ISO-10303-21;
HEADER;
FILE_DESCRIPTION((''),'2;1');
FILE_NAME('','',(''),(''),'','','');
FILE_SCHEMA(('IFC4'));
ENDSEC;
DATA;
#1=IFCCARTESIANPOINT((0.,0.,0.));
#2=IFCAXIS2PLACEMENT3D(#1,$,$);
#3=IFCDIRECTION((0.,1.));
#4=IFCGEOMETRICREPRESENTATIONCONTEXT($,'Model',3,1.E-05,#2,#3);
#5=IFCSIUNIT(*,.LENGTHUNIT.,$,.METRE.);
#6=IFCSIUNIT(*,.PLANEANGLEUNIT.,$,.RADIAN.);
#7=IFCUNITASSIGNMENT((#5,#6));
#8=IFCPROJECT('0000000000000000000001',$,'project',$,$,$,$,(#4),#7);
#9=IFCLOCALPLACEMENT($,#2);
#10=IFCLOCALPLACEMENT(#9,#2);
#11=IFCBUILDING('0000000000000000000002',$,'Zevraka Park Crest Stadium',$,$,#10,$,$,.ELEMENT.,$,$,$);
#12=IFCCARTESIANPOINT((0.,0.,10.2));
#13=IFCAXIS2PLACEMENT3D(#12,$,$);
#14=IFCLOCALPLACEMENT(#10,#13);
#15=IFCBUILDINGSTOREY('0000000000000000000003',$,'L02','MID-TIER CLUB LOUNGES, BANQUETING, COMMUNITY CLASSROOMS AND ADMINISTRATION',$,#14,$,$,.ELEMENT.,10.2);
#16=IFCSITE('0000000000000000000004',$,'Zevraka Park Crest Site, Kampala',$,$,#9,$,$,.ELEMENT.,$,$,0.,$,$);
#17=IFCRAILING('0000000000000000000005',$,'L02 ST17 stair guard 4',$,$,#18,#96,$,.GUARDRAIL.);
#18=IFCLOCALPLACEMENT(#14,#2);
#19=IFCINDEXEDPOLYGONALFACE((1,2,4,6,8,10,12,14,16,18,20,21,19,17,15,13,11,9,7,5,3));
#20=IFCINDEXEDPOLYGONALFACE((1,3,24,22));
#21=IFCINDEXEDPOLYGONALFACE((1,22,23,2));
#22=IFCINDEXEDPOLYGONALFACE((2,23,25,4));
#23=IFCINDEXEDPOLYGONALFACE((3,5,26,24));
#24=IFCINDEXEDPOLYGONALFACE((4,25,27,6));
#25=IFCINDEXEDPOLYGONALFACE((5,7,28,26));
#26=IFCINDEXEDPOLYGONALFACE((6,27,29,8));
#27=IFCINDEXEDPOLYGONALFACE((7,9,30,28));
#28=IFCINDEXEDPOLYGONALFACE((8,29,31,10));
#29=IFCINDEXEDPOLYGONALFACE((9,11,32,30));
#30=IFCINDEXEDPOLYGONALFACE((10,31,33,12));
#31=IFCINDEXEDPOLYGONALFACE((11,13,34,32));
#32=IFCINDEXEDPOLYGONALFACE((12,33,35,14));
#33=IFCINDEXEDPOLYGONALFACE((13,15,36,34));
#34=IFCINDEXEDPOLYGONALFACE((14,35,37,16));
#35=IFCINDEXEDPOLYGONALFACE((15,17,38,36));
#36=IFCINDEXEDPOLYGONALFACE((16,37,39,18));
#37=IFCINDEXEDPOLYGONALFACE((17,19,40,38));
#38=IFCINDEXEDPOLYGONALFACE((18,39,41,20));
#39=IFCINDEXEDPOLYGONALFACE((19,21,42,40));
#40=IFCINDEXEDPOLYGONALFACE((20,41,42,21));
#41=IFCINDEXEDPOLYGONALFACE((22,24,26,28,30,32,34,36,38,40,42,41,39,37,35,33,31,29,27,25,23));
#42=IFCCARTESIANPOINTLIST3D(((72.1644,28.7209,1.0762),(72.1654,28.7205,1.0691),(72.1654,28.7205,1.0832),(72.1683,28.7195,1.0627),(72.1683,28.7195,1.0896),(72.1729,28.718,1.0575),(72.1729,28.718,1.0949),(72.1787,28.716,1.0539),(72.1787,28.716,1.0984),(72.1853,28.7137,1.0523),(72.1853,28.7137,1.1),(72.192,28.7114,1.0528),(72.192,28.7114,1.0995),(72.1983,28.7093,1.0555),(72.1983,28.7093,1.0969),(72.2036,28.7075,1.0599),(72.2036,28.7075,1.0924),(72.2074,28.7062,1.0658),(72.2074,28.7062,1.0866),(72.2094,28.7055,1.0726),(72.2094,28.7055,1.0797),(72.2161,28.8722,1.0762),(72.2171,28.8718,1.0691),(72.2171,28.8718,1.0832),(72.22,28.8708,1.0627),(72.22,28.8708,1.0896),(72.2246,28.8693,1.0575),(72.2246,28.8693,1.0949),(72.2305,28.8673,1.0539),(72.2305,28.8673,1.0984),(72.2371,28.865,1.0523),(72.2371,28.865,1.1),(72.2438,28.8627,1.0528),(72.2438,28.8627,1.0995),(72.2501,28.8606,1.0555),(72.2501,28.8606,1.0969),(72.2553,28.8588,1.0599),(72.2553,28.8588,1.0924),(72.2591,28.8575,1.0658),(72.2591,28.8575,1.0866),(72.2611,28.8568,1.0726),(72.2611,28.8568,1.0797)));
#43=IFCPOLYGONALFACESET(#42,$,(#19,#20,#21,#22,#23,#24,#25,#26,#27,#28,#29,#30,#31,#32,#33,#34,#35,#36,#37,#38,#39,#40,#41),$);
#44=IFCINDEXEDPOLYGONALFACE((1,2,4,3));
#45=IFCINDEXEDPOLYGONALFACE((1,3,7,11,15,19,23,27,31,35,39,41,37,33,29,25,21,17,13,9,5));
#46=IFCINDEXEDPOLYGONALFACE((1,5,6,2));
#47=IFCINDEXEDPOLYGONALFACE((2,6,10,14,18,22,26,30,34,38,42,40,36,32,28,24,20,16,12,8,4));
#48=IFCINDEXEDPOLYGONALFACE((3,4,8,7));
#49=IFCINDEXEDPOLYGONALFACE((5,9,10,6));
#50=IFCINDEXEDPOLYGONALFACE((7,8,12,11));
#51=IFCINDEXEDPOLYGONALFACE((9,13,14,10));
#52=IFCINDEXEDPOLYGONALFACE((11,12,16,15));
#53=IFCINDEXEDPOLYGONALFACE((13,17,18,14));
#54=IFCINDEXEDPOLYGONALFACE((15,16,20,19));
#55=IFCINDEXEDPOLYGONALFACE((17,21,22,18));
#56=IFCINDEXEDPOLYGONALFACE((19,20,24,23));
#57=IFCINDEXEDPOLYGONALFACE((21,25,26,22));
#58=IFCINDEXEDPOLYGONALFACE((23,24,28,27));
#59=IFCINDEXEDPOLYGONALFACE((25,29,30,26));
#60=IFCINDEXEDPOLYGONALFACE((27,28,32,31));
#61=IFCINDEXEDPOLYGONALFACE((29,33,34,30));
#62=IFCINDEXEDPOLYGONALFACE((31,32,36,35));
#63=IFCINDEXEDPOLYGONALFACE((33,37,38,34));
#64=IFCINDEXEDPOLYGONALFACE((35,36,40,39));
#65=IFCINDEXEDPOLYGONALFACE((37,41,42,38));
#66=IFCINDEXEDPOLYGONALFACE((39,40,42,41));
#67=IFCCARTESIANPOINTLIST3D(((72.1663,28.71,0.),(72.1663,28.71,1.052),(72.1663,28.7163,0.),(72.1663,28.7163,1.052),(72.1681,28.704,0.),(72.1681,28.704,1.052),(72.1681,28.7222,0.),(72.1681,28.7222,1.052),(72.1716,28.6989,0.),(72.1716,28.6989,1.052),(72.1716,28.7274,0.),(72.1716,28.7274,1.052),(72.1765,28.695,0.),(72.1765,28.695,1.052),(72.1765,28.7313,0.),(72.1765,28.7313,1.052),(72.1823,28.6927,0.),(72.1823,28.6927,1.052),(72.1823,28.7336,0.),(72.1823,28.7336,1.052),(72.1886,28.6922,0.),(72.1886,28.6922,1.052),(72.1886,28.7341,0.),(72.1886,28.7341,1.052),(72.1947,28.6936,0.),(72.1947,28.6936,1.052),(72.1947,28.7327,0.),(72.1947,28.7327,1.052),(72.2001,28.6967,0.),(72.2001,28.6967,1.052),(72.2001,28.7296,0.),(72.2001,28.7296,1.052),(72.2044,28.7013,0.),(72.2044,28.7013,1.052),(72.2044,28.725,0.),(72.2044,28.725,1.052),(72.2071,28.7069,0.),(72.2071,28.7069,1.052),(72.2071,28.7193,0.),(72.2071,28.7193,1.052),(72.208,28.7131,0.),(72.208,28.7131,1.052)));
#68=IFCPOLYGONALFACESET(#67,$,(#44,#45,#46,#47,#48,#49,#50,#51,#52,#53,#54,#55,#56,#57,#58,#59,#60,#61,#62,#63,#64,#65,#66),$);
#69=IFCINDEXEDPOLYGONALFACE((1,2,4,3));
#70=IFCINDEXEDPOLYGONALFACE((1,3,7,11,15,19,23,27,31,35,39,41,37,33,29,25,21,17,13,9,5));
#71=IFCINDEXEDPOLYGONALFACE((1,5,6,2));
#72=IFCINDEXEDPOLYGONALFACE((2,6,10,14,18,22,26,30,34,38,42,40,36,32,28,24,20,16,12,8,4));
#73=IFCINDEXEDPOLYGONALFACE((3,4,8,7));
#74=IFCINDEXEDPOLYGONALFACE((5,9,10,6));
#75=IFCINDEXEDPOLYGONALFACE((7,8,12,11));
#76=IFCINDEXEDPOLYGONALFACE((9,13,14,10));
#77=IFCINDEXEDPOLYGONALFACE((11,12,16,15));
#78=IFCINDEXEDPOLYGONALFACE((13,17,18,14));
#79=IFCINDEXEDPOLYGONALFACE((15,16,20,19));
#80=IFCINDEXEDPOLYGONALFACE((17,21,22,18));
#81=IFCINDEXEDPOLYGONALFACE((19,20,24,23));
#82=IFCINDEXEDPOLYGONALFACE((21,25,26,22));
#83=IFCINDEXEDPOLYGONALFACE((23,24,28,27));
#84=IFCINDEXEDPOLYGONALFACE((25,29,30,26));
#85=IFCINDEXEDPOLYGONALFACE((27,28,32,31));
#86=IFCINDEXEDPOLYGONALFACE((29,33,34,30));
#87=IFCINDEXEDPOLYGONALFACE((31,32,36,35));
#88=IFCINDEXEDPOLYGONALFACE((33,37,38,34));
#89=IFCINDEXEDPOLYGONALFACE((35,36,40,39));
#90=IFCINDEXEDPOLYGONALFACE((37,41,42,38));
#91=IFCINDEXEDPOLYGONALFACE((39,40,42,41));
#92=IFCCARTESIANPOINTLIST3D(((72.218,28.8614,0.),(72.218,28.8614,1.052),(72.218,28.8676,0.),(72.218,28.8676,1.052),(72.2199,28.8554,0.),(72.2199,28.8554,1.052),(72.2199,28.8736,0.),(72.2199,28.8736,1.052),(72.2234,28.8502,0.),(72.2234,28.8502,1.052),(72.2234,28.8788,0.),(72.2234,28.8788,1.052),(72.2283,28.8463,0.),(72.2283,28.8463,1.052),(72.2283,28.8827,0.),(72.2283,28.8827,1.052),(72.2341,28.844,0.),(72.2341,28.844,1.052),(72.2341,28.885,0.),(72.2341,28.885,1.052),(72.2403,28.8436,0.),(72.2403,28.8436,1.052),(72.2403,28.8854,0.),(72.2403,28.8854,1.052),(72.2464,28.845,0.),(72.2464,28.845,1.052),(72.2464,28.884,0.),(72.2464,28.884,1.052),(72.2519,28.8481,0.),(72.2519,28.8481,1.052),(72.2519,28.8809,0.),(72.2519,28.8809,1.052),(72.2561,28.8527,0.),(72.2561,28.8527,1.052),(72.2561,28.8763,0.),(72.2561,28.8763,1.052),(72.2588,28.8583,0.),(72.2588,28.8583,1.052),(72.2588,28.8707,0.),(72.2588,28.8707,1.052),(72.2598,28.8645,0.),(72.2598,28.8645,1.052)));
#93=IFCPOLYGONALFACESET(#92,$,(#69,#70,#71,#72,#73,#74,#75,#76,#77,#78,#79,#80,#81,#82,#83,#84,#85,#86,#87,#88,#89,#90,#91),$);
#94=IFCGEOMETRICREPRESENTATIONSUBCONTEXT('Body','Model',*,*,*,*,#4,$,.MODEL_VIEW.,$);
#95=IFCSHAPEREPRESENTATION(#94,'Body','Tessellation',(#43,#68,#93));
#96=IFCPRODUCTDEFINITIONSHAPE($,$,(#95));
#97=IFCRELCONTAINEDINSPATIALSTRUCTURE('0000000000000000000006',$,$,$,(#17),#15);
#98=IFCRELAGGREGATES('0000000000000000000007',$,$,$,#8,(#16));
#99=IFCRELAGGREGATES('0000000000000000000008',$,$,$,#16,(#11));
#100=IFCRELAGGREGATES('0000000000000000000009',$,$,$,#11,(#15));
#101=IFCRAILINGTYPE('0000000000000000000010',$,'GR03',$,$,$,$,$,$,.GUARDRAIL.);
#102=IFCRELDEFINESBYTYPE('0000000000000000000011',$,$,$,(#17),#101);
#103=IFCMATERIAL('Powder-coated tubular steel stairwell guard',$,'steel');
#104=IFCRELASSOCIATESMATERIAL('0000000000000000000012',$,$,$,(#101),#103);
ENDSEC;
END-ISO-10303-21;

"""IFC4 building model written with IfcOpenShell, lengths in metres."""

from ifc_helpers import new_model, si_unit, direction, frame, origin, origin_2d, place, context, subcontext, project, spatial, circle, extrude, material, type_object, element, save


model = new_model("IFC4")

# Units and contexts
model_context = context("Model", 3, precision=1e-05, world=origin(), true_north=direction((0.0, 1.0)))
body_context = subcontext(model_context, "Body", "Model", "MODEL_VIEW")
ifc_project = project(units=[si_unit("LENGTHUNIT", "METRE"), si_unit("PLANEANGLEUNIT", "RADIAN")], contexts=[model_context])

# Site, building, storey
site_placement = place(None, origin())
site = spatial("IfcSite", under=ifc_project, at=site_placement, Name="Zevraka Park Crest Site, Kampala", CompositionType="ELEMENT", RefElevation=0.0)
building_placement = place(site_placement, origin())
building = spatial("IfcBuilding", under=site, at=building_placement, Name="Zevraka Park Crest Stadium", CompositionType="ELEMENT")
storey_placement = place(building_placement, frame((0.0, 0.0, 10.2)))
storey = spatial("IfcBuildingStorey", under=building, at=storey_placement, Name="L02", Description="MID-TIER CLUB LOUNGES, BANQUETING, COMMUNITY CLASSROOMS AND ADMINISTRATION", CompositionType="ELEMENT", Elevation=10.2)

# Railing
ifc_material_1 = material(Name="Powder-coated tubular steel stairwell guard", Category="steel")
railing_type_1 = type_object("IfcRailingType", Name="GR03", PredefinedType="GUARDRAIL", material=ifc_material_1)
railing_1_placement = place(storey_placement, frame((72.187, 28.7131, 0.0)))
element("IfcRailing", 1, at=railing_1_placement, inside=storey, type_object=railing_type_1, Name="L02 ST17 stair guard 4", PredefinedType="GUARDRAIL", context=body_context, shape_type="SweptSolid", body=[
    extrude(circle(Radius=0.0239, at=origin_2d()), frame((0.0, 0.0, 1.0762), z_axis=(0.323544, 0.946213, 0.0), x_axis=(-0.946213, 0.323544, 0.0)), (0.0, 0.0, 1.0), 0.1599),
    extrude(circle(Radius=0.021, at=origin_2d()), origin(), (0.0, 0.0, 1.0), 1.052),
    extrude(circle(Radius=0.021, at=origin_2d()), frame((0.0518, 0.1514, 0.0)), (0.0, 0.0, 1.0), 1.052),
])

save(model, "model.ifc")
